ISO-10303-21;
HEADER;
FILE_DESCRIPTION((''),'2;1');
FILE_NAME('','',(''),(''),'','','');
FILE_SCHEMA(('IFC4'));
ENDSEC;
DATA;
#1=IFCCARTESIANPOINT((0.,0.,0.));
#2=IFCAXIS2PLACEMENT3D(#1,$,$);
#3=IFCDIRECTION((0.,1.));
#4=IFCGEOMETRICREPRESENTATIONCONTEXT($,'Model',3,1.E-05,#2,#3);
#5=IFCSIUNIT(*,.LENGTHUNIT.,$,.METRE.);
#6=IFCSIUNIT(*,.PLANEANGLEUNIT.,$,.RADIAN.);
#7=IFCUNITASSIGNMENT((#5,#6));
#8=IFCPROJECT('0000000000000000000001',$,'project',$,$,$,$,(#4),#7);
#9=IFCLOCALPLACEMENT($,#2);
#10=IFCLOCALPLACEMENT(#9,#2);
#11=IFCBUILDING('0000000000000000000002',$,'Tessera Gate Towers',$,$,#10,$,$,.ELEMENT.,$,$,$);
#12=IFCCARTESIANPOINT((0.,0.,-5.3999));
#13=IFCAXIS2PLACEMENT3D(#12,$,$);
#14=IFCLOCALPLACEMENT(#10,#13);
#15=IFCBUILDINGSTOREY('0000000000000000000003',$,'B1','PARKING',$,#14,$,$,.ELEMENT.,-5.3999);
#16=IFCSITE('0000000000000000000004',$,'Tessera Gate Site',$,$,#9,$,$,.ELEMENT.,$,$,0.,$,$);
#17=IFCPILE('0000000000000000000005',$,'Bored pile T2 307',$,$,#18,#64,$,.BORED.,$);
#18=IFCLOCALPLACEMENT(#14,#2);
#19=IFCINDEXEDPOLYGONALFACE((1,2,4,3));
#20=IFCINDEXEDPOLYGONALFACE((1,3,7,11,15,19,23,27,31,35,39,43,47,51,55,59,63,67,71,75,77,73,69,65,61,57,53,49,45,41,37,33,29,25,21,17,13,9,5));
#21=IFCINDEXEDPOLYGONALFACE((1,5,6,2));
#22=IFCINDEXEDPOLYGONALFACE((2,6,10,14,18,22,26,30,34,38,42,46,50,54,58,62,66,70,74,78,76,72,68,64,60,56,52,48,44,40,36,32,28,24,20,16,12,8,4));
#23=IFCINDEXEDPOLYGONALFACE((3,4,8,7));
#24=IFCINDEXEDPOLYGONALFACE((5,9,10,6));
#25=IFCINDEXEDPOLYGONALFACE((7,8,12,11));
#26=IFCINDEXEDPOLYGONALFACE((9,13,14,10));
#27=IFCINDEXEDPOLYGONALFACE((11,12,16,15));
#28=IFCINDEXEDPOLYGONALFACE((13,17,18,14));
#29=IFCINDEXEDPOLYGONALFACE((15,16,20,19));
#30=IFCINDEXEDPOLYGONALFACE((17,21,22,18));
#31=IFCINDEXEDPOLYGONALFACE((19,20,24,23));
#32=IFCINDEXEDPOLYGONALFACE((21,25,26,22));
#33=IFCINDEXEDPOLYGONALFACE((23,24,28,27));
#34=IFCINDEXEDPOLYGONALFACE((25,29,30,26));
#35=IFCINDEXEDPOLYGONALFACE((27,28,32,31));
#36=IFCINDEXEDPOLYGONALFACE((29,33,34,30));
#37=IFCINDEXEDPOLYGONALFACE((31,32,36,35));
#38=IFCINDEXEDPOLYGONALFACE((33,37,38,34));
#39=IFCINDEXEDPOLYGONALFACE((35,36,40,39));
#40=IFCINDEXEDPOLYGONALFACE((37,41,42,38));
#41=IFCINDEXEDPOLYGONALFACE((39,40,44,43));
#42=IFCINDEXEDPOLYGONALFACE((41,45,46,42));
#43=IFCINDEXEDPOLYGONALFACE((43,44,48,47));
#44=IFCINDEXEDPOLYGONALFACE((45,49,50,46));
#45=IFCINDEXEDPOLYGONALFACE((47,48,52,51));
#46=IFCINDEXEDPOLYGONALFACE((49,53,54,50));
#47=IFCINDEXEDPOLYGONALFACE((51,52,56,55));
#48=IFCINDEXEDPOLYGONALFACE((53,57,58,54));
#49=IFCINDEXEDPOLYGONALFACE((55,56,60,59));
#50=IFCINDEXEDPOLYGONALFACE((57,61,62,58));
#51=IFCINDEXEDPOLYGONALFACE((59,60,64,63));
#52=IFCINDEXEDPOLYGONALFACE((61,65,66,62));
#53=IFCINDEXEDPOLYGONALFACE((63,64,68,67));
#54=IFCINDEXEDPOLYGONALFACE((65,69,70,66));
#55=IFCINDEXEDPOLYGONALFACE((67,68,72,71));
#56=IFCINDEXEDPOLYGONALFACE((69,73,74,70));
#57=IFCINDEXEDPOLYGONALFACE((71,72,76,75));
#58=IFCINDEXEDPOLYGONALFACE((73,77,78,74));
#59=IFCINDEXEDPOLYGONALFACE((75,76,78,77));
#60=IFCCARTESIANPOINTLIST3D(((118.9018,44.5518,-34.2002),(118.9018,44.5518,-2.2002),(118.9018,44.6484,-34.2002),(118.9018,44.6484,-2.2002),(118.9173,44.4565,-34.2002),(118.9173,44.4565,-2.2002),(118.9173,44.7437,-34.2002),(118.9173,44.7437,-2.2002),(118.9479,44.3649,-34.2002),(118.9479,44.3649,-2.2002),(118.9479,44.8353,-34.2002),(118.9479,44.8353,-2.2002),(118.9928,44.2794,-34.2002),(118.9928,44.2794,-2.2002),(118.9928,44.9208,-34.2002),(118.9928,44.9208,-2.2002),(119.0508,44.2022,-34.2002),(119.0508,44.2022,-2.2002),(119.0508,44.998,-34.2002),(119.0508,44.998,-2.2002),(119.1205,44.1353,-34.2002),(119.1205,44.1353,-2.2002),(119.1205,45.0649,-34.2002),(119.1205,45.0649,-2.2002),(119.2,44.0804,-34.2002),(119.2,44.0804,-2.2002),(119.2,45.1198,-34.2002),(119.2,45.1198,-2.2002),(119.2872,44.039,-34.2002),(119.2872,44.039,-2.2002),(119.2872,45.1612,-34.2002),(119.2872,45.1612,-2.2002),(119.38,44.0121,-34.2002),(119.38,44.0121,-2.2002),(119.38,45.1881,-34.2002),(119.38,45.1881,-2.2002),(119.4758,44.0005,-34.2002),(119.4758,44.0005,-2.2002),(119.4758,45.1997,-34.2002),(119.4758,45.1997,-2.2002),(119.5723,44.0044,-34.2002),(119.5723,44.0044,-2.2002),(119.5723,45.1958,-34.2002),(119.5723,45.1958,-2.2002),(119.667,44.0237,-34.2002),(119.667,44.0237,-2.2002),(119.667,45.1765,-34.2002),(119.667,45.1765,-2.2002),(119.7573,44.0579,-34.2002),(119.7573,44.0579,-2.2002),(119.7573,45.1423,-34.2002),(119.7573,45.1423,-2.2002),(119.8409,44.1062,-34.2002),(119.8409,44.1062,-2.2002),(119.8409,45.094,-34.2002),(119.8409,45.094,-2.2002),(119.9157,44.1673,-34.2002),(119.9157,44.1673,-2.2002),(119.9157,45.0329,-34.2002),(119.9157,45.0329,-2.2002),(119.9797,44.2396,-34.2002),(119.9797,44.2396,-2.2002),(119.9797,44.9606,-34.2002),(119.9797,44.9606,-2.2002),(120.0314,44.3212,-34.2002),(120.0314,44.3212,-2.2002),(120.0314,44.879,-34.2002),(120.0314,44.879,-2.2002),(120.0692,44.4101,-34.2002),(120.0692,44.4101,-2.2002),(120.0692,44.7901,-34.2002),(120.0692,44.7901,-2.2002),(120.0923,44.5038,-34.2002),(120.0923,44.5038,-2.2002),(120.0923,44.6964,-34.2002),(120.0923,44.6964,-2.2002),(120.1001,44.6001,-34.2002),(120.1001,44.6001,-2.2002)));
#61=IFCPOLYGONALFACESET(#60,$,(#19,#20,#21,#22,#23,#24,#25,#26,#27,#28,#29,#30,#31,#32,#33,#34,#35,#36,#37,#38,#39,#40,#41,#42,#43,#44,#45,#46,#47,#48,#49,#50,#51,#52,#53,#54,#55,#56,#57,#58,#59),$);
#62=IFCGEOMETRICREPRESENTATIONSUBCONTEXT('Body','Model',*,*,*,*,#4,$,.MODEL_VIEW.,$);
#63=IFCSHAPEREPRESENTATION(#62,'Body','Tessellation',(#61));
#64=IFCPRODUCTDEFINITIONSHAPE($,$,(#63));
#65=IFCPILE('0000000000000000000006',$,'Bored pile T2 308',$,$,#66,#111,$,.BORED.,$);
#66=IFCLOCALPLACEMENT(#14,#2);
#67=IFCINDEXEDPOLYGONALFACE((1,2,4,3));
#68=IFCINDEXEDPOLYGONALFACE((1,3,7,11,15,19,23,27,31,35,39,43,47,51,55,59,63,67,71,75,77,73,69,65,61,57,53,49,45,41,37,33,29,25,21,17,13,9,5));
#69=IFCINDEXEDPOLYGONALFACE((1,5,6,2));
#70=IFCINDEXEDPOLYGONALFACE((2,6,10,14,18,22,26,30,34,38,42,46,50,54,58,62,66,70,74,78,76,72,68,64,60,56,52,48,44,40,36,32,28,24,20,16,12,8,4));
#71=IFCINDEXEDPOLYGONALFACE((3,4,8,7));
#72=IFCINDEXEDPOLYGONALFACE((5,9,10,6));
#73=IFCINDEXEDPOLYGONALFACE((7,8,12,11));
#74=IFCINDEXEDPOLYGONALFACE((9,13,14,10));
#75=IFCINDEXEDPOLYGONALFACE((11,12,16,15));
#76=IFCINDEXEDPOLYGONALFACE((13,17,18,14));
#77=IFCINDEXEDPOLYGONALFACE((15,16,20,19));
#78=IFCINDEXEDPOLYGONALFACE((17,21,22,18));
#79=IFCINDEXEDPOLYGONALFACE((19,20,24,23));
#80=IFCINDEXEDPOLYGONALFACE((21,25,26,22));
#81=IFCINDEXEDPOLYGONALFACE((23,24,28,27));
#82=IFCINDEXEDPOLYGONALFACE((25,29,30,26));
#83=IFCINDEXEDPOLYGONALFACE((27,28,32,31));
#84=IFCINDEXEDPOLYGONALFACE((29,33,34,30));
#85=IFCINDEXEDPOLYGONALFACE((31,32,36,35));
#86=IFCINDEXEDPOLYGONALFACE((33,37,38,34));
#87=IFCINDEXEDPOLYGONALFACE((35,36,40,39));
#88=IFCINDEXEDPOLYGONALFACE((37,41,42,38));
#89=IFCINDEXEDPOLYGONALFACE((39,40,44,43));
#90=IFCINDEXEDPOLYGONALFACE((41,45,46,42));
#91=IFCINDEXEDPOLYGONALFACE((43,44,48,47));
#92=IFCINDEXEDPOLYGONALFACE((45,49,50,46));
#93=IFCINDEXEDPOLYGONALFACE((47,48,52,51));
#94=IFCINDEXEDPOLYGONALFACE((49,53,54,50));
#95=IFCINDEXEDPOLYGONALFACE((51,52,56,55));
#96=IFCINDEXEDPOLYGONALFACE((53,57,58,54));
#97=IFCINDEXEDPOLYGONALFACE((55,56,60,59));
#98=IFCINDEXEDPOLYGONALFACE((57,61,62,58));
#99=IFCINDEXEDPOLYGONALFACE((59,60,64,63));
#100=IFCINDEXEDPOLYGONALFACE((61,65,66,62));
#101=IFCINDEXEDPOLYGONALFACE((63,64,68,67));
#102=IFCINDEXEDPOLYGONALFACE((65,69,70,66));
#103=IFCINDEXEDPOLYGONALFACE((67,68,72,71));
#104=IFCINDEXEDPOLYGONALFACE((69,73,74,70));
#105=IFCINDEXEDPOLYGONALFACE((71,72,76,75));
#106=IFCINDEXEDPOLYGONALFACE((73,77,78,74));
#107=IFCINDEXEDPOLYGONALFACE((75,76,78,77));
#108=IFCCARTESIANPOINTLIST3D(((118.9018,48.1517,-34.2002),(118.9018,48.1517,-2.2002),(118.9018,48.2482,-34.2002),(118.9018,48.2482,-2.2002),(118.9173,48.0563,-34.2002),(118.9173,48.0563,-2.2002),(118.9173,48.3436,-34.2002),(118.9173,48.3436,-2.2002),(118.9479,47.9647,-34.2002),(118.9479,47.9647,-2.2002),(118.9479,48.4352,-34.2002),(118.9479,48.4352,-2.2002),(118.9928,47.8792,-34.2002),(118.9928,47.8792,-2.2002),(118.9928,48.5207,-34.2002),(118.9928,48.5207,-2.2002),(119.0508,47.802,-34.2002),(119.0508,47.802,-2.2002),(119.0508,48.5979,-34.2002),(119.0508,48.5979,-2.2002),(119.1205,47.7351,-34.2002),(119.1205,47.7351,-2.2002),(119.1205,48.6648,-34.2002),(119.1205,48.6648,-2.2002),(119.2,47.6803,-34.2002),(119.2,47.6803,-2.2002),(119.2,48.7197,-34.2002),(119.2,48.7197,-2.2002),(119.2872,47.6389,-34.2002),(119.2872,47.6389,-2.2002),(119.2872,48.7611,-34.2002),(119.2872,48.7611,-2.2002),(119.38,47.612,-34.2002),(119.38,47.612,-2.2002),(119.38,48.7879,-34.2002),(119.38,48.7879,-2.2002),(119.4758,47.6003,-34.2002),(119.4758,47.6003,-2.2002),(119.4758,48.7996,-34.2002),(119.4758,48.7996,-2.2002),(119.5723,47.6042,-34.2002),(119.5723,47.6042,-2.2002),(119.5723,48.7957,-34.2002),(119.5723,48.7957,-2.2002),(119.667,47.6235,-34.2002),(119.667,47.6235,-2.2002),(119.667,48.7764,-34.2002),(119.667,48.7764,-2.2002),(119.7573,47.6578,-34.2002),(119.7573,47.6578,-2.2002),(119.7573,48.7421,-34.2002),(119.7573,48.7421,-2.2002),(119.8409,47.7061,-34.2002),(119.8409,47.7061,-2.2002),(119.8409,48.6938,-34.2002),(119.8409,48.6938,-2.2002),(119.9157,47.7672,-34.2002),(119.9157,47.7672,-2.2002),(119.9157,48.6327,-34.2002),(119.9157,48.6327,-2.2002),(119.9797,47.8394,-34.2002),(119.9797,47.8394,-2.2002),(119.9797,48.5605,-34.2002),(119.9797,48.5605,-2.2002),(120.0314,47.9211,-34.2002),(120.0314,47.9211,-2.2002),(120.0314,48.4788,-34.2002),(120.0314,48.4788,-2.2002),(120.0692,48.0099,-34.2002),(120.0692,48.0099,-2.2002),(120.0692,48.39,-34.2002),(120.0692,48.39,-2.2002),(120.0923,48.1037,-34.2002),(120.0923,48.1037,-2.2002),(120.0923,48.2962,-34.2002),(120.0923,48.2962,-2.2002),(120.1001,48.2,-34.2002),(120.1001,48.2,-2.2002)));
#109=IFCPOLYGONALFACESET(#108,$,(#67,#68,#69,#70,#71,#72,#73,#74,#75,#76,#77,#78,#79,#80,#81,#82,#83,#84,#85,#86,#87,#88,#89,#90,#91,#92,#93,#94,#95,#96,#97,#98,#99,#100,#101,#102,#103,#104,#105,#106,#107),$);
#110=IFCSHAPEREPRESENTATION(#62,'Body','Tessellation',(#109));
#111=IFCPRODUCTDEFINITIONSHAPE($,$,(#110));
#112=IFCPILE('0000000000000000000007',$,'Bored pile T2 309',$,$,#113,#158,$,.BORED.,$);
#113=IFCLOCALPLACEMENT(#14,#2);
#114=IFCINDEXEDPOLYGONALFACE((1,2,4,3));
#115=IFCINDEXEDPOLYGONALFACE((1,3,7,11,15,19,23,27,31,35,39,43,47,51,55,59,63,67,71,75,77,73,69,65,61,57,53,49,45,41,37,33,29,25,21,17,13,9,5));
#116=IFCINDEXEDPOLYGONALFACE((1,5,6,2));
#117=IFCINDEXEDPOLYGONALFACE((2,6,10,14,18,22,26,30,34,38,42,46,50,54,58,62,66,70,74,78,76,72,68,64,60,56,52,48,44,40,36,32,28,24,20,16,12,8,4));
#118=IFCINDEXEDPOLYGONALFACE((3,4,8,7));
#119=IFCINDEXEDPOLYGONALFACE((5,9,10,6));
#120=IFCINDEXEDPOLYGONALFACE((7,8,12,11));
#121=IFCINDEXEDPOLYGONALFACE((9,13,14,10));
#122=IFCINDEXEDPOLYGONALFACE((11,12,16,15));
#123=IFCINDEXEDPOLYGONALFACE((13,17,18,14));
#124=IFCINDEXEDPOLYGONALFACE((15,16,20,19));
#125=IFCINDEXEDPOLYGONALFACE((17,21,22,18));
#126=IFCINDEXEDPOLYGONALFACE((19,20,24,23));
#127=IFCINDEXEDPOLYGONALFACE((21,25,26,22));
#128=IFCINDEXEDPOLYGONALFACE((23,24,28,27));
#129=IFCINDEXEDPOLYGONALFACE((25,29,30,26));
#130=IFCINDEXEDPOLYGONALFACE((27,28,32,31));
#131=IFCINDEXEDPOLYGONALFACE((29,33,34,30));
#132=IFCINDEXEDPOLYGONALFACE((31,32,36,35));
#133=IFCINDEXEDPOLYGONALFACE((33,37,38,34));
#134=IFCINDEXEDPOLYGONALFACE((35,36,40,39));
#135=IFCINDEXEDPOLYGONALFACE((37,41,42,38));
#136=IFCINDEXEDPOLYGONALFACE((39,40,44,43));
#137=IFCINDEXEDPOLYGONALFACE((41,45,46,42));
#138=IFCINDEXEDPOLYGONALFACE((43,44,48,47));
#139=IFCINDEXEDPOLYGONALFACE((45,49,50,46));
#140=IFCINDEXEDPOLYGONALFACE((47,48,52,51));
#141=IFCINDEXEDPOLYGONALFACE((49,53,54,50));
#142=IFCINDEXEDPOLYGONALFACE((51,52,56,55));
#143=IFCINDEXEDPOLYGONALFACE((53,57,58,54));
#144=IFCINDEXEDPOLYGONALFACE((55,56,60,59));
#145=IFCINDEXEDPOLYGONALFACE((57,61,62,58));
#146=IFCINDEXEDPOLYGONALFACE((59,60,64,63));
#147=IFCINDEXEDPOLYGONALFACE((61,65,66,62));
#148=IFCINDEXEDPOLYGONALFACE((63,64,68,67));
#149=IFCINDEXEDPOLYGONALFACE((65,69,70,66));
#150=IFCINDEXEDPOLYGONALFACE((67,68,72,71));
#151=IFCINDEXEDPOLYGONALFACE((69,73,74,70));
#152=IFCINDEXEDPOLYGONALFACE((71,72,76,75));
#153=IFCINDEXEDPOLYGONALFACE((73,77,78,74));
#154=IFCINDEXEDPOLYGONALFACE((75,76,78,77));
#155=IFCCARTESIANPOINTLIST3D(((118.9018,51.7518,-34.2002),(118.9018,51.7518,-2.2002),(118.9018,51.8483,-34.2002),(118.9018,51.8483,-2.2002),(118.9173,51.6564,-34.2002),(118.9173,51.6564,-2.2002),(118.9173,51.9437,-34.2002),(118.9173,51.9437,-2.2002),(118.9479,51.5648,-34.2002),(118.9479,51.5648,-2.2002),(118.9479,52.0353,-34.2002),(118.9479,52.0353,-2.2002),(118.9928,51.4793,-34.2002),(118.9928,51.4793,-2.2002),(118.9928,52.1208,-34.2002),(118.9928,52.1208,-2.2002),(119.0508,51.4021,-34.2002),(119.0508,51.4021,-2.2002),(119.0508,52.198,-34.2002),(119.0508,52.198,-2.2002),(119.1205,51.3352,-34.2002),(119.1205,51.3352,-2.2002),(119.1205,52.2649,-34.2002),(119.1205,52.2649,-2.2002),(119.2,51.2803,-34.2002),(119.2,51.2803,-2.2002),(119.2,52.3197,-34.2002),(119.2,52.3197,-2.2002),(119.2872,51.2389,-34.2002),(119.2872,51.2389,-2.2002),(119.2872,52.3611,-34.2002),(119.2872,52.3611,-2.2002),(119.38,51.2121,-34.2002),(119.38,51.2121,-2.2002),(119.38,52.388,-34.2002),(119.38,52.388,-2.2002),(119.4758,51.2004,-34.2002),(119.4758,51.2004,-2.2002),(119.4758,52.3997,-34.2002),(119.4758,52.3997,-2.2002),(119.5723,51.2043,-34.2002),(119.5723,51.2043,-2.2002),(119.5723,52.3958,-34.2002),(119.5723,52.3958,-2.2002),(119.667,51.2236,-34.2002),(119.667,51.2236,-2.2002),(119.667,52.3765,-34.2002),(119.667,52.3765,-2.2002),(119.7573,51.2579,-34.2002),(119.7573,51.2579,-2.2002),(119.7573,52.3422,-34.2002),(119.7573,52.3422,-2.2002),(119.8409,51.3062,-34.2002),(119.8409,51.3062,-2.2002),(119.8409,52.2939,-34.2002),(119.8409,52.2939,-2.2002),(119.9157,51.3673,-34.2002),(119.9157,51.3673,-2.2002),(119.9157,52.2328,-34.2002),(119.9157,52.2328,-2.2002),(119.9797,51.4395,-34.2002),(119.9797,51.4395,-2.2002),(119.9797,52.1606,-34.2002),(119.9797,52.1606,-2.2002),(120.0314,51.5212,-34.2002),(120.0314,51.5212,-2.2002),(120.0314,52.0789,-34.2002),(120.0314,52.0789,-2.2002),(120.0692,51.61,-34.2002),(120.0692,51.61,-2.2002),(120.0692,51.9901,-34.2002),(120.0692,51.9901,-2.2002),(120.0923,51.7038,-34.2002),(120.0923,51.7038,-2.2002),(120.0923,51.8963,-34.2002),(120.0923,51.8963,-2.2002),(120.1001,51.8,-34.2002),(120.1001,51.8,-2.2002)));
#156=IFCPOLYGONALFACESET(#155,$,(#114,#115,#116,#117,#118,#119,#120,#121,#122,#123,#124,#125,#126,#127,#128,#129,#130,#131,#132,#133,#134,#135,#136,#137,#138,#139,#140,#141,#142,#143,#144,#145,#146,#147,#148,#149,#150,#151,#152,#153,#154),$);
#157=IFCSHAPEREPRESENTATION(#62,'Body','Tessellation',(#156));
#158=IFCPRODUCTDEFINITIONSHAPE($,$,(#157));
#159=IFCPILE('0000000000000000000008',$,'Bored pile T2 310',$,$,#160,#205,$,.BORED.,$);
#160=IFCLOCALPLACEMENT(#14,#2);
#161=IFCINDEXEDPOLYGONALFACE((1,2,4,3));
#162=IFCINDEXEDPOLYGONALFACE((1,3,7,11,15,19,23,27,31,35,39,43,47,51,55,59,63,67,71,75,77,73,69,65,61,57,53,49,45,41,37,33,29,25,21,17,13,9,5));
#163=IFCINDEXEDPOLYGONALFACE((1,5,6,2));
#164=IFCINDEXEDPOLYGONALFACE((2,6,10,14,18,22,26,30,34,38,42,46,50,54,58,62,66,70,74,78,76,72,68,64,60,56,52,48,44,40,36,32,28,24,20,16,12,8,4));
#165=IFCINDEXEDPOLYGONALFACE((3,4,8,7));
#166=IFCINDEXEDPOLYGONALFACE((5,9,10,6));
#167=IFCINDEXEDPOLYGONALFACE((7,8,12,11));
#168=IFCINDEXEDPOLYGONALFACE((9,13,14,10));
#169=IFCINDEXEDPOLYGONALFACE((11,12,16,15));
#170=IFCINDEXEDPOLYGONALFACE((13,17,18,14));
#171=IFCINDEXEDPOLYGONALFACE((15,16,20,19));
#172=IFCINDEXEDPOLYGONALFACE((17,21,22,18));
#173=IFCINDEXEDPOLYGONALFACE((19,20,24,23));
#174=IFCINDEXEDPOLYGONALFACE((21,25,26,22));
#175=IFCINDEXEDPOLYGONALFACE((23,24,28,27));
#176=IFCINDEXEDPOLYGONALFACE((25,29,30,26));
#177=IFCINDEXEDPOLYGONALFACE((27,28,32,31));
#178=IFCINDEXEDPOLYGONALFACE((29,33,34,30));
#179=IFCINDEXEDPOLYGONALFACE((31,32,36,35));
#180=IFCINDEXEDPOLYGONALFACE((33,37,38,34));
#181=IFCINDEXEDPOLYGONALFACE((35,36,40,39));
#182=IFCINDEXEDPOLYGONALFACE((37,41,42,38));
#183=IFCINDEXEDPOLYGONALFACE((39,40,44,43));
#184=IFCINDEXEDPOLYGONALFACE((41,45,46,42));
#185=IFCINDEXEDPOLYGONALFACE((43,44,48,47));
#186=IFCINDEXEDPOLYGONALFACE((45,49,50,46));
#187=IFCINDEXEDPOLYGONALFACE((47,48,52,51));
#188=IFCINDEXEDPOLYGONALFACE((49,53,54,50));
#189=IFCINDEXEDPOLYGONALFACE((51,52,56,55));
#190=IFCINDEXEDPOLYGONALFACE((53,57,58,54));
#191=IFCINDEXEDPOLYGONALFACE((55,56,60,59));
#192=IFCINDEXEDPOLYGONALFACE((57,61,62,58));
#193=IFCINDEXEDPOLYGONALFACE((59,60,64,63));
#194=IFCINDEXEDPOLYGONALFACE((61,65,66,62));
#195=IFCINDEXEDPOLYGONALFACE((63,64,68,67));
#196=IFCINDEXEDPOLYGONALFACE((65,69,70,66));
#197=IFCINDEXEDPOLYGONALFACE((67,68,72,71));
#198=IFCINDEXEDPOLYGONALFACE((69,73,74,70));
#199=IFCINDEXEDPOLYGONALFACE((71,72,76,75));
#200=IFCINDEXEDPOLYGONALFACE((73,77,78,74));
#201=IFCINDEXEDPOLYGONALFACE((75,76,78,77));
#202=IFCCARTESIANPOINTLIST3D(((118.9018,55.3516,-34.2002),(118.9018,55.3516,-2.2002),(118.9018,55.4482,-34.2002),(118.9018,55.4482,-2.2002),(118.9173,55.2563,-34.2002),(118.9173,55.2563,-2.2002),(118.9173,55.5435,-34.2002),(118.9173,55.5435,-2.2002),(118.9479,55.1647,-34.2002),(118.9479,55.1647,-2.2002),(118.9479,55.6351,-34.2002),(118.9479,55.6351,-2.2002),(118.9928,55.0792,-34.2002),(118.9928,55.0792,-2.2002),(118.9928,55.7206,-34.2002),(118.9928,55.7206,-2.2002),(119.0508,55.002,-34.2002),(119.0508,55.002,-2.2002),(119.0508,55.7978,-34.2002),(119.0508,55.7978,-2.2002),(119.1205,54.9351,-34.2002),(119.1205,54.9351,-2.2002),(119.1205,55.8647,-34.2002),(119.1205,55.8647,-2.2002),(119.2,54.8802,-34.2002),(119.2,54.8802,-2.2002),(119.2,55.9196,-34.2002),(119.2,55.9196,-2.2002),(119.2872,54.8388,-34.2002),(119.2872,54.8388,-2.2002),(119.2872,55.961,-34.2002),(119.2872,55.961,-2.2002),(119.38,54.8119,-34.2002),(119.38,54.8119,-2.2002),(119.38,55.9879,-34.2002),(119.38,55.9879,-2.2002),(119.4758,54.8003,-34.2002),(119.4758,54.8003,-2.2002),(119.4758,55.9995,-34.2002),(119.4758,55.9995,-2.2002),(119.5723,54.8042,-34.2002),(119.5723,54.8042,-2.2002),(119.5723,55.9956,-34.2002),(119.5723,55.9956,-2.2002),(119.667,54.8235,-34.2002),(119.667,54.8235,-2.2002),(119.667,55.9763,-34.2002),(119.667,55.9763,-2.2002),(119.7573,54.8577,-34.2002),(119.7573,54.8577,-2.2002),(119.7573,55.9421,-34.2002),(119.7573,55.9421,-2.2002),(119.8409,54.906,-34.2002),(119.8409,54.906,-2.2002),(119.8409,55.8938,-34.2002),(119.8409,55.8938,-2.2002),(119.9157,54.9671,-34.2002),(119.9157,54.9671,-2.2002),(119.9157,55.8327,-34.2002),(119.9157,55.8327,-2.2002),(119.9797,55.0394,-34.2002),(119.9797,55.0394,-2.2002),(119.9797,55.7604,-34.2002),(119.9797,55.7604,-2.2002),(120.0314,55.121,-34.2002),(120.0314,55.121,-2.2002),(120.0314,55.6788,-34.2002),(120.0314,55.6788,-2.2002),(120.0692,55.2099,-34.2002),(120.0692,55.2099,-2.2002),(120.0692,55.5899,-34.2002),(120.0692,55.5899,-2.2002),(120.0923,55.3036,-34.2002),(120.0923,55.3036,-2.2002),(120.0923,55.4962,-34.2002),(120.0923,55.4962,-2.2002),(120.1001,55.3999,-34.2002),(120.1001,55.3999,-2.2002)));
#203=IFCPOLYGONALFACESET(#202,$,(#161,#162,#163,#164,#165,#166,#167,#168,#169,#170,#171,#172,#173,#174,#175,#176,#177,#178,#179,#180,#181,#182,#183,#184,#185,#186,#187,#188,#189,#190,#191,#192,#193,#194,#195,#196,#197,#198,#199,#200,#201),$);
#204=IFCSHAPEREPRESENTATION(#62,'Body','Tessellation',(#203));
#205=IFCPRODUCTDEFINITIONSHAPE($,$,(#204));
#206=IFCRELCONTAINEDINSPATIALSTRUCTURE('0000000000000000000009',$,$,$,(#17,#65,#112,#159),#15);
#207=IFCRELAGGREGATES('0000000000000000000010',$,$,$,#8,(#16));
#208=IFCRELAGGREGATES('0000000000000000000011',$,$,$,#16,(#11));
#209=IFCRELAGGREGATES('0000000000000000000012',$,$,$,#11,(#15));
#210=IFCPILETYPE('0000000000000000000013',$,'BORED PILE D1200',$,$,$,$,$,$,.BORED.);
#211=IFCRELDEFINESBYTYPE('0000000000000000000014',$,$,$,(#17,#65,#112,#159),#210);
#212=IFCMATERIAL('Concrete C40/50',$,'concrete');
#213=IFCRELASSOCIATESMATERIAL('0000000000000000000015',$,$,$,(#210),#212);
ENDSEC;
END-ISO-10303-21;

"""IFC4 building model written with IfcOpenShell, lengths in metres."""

from ifc_helpers import new_model, si_unit, direction, frame, origin, origin_2d, place, context, subcontext, project, spatial, circle, extrude, material, material_profile, profile_set, type_object, element, save


model = new_model("IFC4")

# Units and contexts
model_context = context("Model", 3, precision=1e-05, world=origin(), true_north=direction((0.0, 1.0)))
body_context = subcontext(model_context, "Body", "Model", "MODEL_VIEW")
ifc_project = project(units=[si_unit("LENGTHUNIT", "METRE"), si_unit("PLANEANGLEUNIT", "RADIAN")], contexts=[model_context])

# Site, building, storey
site_placement = place(None, origin())
site = spatial("IfcSite", under=ifc_project, at=site_placement, Name="Tessera Gate Site", CompositionType="ELEMENT", RefElevation=0.0)
building_placement = place(site_placement, origin())
building = spatial("IfcBuilding", under=site, at=building_placement, Name="Tessera Gate Towers", CompositionType="ELEMENT")
storey_placement = place(building_placement, frame((0.0, 0.0, -5.3999)))
storey = spatial("IfcBuildingStorey", under=building, at=storey_placement, Name="B1", Description="PARKING", CompositionType="ELEMENT", Elevation=-5.3999)

# Piles
ifc_material_1 = material(Name="Concrete C40/50", Category="concrete")
ifc_material_profile_1 = material_profile(ifc_material_1, circle(Radius=0.6001, at=origin_2d()), Name="BORED PILE D1200")
ifc_profile_set_1 = profile_set([ifc_material_profile_1], Name="Concrete C40/50")
pile_type = type_object("IfcPileType", Name="BORED PILE D1200", PredefinedType="BORED", material=ifc_profile_set_1)
for number, where, z_axis, x_axis, name in (
    (1, (119.5, 44.6001, -2.2002), (0.0, 0.0, -1.0), (1.0, 0.0, 0.0), "Bored pile T2 307"),
    (2, (119.5, 48.2, -2.2002), (0.0, 0.0, -1.0), (1.0, 0.0, 0.0), "Bored pile T2 308"),
    (3, (119.5, 51.8, -2.2002), (0.0, 0.0, -1.0), (1.0, 0.0, 0.0), "Bored pile T2 309"),
    (4, (119.5, 55.3999, -2.2002), (0.0, 0.0, -1.0), (1.0, 0.0, 0.0), "Bored pile T2 310"),
):
    element("IfcPile", number, at=place(storey_placement, frame(where, z_axis=z_axis, x_axis=x_axis)), inside=storey, type_object=pile_type, Name=name, PredefinedType="BORED", context=body_context, shape_type="SweptSolid", body=[
        extrude(circle(Radius=0.6001, at=origin_2d()), origin(), (0.0, 0.0, 1.0), 32.0),
    ])

save(model, "model.ifc")
